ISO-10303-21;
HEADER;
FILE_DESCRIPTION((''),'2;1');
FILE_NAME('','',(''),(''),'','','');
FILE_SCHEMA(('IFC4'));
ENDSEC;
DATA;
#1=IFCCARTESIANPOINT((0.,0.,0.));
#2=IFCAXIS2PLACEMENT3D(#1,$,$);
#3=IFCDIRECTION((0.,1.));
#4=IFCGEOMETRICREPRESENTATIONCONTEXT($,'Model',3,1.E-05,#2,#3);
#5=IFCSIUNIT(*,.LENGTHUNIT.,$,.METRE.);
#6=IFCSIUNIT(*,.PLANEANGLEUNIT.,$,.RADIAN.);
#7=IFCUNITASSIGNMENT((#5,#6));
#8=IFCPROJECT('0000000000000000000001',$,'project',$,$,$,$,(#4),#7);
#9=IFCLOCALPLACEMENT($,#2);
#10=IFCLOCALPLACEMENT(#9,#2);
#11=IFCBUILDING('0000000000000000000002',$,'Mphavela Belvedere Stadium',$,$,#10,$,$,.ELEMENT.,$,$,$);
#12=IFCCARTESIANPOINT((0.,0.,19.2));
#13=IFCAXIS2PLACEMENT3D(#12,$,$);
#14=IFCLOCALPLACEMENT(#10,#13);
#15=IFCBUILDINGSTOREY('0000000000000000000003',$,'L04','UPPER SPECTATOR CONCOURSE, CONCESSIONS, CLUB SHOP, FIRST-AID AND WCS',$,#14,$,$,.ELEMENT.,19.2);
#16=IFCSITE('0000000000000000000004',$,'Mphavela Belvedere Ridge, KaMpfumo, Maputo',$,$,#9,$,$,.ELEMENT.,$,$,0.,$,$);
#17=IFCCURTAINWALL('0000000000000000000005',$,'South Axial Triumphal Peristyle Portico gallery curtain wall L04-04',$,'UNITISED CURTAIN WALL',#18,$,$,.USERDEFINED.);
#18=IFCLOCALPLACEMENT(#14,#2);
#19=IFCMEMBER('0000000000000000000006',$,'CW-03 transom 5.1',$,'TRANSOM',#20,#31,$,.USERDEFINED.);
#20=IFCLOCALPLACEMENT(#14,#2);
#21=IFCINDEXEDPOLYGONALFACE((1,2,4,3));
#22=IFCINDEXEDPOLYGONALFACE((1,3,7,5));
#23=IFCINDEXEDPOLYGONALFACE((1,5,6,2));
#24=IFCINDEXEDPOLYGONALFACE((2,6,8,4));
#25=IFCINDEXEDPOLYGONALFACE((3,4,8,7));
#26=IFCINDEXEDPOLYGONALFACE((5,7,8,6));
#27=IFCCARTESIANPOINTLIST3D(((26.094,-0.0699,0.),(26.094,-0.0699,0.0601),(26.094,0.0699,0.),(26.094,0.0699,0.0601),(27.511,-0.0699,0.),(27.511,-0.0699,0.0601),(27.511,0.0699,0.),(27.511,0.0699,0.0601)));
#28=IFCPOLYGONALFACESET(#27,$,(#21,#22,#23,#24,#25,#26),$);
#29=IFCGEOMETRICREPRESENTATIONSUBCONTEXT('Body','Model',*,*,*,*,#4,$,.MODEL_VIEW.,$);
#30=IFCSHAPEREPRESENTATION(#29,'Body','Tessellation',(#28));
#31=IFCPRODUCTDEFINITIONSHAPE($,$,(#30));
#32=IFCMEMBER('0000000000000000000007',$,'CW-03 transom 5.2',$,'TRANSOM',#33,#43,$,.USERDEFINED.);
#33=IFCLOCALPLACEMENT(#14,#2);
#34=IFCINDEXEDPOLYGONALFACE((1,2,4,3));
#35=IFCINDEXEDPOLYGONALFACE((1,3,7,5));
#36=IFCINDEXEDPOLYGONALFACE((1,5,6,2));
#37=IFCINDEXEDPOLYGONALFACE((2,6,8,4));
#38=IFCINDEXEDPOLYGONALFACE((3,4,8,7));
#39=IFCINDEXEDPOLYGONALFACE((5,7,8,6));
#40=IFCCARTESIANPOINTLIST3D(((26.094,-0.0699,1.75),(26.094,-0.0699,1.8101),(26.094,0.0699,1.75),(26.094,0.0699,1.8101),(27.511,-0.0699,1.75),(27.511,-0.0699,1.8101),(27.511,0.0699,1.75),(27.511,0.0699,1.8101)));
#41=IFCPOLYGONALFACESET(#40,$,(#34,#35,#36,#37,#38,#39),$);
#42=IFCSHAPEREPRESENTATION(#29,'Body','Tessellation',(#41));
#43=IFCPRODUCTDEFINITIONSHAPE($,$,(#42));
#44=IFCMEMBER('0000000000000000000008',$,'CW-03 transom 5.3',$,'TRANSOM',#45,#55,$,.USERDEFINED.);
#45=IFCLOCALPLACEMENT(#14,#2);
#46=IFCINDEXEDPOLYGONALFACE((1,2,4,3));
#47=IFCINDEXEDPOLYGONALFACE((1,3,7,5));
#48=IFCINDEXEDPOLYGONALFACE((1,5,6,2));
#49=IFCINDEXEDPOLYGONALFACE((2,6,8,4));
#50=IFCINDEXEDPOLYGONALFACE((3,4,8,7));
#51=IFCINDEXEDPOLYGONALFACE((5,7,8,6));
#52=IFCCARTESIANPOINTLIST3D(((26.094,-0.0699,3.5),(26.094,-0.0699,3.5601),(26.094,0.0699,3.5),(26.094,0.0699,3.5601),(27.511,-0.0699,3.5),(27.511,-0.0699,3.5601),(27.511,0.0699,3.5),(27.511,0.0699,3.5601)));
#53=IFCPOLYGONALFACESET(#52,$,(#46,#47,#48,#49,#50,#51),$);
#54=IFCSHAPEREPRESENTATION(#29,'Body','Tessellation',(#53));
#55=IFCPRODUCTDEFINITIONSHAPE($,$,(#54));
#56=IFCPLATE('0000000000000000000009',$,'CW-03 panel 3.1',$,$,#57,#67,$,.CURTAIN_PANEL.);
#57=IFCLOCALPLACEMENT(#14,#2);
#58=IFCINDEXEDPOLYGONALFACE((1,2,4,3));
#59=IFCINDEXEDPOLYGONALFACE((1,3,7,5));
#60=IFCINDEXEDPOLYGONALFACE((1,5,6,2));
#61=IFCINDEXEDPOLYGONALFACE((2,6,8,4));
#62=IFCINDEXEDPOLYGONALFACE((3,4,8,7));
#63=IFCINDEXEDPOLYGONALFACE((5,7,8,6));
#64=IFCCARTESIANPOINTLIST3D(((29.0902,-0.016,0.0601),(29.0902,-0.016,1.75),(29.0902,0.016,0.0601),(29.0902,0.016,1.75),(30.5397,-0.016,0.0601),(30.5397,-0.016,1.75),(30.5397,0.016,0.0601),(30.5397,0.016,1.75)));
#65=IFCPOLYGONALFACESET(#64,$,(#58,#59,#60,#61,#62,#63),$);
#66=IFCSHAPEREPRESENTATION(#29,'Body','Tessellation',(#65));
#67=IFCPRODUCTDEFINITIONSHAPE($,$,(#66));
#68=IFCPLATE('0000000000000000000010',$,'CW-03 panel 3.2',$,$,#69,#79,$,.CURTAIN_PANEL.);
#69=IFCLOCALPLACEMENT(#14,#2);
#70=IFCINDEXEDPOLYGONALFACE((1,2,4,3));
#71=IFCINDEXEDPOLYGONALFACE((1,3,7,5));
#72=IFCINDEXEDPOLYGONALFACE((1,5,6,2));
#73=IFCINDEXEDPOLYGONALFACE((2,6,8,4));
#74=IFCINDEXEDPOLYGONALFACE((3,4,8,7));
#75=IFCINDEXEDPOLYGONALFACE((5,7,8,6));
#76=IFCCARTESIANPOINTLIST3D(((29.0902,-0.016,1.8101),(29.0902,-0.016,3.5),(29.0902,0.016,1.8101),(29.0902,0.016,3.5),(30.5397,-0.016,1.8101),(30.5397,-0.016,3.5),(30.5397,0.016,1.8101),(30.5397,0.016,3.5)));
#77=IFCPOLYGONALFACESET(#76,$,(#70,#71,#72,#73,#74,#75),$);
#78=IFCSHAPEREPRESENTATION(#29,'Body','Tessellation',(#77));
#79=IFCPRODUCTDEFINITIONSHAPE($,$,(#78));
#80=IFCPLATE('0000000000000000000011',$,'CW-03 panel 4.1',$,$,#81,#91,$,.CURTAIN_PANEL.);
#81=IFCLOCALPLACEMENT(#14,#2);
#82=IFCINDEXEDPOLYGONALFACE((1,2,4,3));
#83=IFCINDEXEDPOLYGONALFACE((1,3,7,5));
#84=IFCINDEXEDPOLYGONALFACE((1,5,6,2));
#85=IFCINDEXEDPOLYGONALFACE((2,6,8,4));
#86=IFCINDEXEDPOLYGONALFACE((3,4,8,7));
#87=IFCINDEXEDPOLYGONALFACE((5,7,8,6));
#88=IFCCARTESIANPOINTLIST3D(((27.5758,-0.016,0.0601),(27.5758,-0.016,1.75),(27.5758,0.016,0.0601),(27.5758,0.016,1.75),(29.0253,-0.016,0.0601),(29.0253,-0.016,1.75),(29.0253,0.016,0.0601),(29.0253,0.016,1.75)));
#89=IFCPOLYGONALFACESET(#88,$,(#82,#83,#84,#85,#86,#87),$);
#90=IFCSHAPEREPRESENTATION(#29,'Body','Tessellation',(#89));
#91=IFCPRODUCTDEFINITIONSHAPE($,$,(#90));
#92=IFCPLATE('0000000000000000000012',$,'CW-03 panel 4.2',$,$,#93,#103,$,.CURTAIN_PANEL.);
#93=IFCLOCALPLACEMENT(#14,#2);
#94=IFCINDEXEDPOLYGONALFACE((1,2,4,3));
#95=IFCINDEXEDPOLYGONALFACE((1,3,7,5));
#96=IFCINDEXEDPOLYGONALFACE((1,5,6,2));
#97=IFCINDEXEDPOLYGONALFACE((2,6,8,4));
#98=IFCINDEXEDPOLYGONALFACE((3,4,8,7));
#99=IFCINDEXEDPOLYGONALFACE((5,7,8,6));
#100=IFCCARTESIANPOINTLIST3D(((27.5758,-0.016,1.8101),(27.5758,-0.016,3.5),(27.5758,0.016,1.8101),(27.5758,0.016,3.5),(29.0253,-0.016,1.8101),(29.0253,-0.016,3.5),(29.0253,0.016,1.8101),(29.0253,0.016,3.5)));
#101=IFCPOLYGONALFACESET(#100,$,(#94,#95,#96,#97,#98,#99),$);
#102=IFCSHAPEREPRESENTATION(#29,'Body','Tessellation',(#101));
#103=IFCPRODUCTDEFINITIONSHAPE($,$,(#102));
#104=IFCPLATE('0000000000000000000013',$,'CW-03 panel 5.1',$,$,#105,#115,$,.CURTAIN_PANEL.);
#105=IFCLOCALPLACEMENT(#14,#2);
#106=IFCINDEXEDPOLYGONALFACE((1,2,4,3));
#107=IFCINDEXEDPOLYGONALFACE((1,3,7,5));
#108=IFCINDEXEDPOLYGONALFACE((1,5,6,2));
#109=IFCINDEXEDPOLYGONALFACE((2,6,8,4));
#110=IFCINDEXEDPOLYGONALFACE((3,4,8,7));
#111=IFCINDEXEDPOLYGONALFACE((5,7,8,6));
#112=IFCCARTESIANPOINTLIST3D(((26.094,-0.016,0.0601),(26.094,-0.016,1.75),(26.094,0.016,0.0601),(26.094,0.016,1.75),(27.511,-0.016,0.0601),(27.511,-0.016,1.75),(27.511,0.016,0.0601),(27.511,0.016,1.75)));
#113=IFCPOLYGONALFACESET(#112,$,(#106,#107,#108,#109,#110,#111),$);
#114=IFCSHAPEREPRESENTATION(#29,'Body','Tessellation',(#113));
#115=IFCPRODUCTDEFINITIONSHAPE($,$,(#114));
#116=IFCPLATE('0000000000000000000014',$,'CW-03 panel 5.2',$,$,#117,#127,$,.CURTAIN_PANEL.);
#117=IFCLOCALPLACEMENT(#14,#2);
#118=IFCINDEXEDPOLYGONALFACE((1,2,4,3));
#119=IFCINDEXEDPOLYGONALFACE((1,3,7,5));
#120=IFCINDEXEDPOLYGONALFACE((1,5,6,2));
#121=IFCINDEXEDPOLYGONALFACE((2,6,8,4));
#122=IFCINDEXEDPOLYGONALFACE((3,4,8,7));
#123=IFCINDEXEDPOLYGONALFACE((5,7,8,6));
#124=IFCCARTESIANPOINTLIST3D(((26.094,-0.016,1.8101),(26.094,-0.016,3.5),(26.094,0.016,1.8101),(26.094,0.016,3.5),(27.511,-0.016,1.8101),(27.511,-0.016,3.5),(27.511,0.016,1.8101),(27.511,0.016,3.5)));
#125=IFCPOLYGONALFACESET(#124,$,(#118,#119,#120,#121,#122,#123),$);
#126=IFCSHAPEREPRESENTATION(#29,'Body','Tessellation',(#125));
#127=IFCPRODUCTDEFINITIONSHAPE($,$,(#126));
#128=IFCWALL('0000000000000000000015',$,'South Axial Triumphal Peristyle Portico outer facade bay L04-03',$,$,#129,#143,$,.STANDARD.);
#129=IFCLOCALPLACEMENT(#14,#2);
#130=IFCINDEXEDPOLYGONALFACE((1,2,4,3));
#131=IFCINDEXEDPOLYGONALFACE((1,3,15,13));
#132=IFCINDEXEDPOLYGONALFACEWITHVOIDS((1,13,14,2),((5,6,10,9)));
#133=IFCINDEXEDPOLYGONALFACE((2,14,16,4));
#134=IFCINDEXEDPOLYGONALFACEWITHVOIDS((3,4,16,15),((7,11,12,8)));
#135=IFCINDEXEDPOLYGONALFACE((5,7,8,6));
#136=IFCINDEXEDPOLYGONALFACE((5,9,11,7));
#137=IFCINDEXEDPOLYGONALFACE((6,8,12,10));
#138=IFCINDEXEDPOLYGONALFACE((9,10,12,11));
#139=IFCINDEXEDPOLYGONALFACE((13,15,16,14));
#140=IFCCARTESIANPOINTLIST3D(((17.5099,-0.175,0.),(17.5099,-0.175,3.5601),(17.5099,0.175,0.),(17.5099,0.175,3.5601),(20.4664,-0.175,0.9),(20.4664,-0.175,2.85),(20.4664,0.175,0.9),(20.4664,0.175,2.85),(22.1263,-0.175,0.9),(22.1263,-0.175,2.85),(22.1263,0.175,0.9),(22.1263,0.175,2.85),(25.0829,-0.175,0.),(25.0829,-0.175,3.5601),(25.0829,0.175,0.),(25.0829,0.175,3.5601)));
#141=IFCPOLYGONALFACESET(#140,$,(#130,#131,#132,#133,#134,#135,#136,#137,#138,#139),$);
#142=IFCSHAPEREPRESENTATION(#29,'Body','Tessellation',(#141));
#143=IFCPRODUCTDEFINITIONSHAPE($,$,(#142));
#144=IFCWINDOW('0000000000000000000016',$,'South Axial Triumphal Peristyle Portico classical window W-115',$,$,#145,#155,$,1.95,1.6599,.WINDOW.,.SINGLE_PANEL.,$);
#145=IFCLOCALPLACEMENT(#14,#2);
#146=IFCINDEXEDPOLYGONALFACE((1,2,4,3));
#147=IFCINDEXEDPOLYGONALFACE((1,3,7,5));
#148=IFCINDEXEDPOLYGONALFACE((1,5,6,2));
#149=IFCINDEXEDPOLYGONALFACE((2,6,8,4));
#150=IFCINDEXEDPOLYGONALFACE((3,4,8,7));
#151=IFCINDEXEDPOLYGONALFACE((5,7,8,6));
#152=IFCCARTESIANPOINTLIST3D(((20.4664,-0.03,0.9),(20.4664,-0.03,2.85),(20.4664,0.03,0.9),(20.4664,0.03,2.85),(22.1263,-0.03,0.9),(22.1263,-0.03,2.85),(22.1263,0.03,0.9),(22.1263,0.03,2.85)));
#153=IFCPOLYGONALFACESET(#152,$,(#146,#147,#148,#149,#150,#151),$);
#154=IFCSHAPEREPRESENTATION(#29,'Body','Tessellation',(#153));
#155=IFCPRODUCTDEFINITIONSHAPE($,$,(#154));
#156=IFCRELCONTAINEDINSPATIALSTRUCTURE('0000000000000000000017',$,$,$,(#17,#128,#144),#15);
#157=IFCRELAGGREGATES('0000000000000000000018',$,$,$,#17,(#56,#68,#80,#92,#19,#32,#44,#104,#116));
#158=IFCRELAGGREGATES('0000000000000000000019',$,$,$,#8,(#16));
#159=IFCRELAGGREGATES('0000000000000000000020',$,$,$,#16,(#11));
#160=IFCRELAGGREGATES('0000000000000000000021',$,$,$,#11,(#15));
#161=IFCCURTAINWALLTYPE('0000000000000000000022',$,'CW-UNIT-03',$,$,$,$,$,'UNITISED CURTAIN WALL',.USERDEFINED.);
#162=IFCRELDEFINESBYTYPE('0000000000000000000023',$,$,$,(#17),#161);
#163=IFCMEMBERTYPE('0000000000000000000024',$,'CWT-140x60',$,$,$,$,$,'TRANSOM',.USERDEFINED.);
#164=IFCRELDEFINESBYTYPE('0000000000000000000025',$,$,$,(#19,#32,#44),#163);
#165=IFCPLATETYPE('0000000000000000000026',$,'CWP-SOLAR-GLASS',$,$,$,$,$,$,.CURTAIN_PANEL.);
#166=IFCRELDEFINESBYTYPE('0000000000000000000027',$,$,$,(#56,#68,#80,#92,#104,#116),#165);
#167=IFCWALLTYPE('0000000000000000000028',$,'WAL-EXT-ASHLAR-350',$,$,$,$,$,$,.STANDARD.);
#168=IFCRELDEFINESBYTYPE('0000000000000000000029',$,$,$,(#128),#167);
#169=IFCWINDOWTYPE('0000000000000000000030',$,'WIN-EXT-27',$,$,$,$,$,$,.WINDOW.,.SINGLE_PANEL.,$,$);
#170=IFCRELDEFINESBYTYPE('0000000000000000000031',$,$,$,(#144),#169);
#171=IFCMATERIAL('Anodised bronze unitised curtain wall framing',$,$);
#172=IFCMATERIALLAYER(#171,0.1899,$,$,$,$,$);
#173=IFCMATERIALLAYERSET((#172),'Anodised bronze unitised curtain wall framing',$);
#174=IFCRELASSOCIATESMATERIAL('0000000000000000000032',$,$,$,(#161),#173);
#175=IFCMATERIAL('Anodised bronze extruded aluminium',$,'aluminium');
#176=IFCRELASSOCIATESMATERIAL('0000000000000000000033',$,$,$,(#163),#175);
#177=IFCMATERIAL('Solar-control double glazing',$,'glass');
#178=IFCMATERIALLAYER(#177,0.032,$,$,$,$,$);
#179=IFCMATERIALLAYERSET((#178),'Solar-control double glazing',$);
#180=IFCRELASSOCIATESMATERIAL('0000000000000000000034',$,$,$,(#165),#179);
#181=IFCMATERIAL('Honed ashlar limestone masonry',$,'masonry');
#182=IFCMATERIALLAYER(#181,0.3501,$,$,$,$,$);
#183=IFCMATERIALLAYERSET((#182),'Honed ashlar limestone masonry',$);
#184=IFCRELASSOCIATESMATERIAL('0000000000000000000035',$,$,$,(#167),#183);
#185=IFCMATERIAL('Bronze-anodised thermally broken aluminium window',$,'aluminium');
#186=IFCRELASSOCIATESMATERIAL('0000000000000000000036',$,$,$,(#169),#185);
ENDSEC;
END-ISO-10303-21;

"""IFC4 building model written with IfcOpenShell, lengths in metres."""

from ifc_helpers import new_model, si_unit, direction, frame, frame_2d, origin, origin_2d, place, context, subcontext, project, spatial, rectangle, extrude, material, layer, layer_set, material_profile, profile_set, type_object, element, fill, aggregate, save


model = new_model("IFC4")

# Units and contexts
model_context = context("Model", 3, precision=1e-05, world=origin(), true_north=direction((0.0, 1.0)))
body_context = subcontext(model_context, "Body", "Model", "MODEL_VIEW")
ifc_project = project(units=[si_unit("LENGTHUNIT", "METRE"), si_unit("PLANEANGLEUNIT", "RADIAN")], contexts=[model_context])

# Site, building, storey
site_placement = place(None, origin())
site = spatial("IfcSite", under=ifc_project, at=site_placement, Name="Mphavela Belvedere Ridge, KaMpfumo, Maputo", CompositionType="ELEMENT", RefElevation=0.0)
building_placement = place(site_placement, origin())
building = spatial("IfcBuilding", under=site, at=building_placement, Name="Mphavela Belvedere Stadium", CompositionType="ELEMENT")
storey_placement = place(building_placement, frame((0.0, 0.0, 19.2)))
storey = spatial("IfcBuildingStorey", under=building, at=storey_placement, Name="L04", Description="UPPER SPECTATOR CONCOURSE, CONCESSIONS, CLUB SHOP, FIRST-AID AND WCS", CompositionType="ELEMENT", Elevation=19.2)

# Curtain wall, members, plates
ifc_material_1 = material(Name="Anodised bronze unitised curtain wall framing")
ifc_layer_1 = layer(ifc_material_1, 0.1899)
ifc_layer_set_1 = layer_set([ifc_layer_1], Name="Anodised bronze unitised curtain wall framing")
curtain_wall_type = type_object("IfcCurtainWallType", Name="CW-UNIT-03", ElementType="UNITISED CURTAIN WALL", PredefinedType="USERDEFINED", material=ifc_layer_set_1)
curtain_wall_placement = place(storey_placement, origin())
curtain_wall = element("IfcCurtainWall", 1, at=curtain_wall_placement, inside=storey, type_object=curtain_wall_type, Name="South Axial Triumphal Peristyle Portico gallery curtain wall L04-04", ObjectType="UNITISED CURTAIN WALL", PredefinedType="USERDEFINED")
ifc_material_2 = material(Name="Anodised bronze extruded aluminium", Category="aluminium")
ifc_material_profile_1 = material_profile(ifc_material_2, rectangle(XDim=0.1399, YDim=0.0601, at=origin_2d()), Name="CW-TRN 140x60")
ifc_profile_set_1 = profile_set([ifc_material_profile_1], Name="Anodised bronze extruded aluminium")
member_type_1 = type_object("IfcMemberType", Name="CWT-140x60", ElementType="TRANSOM", PredefinedType="USERDEFINED", material=ifc_profile_set_1)
member_1_placement = place(storey_placement, frame((27.511, 0.0, 0.03), z_axis=(-1.0, 0.0, 0.0), x_axis=(0.0, -1.0, 0.0)))
member_1 = element("IfcMember", 2, at=member_1_placement, type_object=member_type_1, Name="CW-03 transom 5.1", ObjectType="TRANSOM", PredefinedType="USERDEFINED", context=body_context, shape_type="SweptSolid", body=[
    extrude(rectangle(XDim=0.1399, YDim=0.0601, at=origin_2d()), origin(), (0.0, 0.0, 1.0), 1.417),
])
member_2_placement = place(storey_placement, frame((27.511, 0.0, 1.78), z_axis=(-1.0, 0.0, 0.0), x_axis=(0.0, -1.0, 0.0)))
member_2 = element("IfcMember", 3, at=member_2_placement, type_object=member_type_1, Name="CW-03 transom 5.2", ObjectType="TRANSOM", PredefinedType="USERDEFINED", context=body_context, shape_type="SweptSolid", body=[
    extrude(rectangle(XDim=0.1399, YDim=0.0601, at=origin_2d()), origin(), (0.0, 0.0, 1.0), 1.417),
])
member_3_placement = place(storey_placement, frame((27.511, 0.0, 3.53), z_axis=(-1.0, 0.0, 0.0), x_axis=(0.0, -1.0, 0.0)))
member_3 = element("IfcMember", 4, at=member_3_placement, type_object=member_type_1, Name="CW-03 transom 5.3", ObjectType="TRANSOM", PredefinedType="USERDEFINED", context=body_context, shape_type="SweptSolid", body=[
    extrude(rectangle(XDim=0.1399, YDim=0.0601, at=origin_2d()), origin(), (0.0, 0.0, 1.0), 1.417),
])
ifc_material_3 = material(Name="Solar-control double glazing", Category="glass")
ifc_layer_2 = layer(ifc_material_3, 0.032)
ifc_layer_set_2 = layer_set([ifc_layer_2], Name="Solar-control double glazing")
plate_type = type_object("IfcPlateType", Name="CWP-SOLAR-GLASS", PredefinedType="CURTAIN_PANEL", material=ifc_layer_set_2)
plate_1_placement = place(storey_placement, frame((29.8149, 0.0, 0.0601), z_axis=(0.0, 0.0, 1.0), x_axis=(-1.0, 0.0, 0.0)))
plate_1 = element("IfcPlate", 5, at=plate_1_placement, type_object=plate_type, Name="CW-03 panel 3.1", PredefinedType="CURTAIN_PANEL", context=body_context, shape_type="SweptSolid", body=[
    extrude(rectangle(XDim=1.4495, YDim=0.032, at=origin_2d()), origin(), (0.0, 0.0, 1.0), 1.6899),
])
plate_2_placement = place(storey_placement, frame((29.8149, 0.0, 1.8101), z_axis=(0.0, 0.0, 1.0), x_axis=(-1.0, 0.0, 0.0)))
plate_2 = element("IfcPlate", 6, at=plate_2_placement, type_object=plate_type, Name="CW-03 panel 3.2", PredefinedType="CURTAIN_PANEL", context=body_context, shape_type="SweptSolid", body=[
    extrude(rectangle(XDim=1.4495, YDim=0.032, at=origin_2d()), origin(), (0.0, 0.0, 1.0), 1.6899),
])
plate_3_placement = place(storey_placement, frame((28.3005, 0.0, 0.0601), z_axis=(0.0, 0.0, 1.0), x_axis=(-1.0, 0.0, 0.0)))
plate_3 = element("IfcPlate", 7, at=plate_3_placement, type_object=plate_type, Name="CW-03 panel 4.1", PredefinedType="CURTAIN_PANEL", context=body_context, shape_type="SweptSolid", body=[
    extrude(rectangle(XDim=1.4495, YDim=0.032, at=origin_2d()), origin(), (0.0, 0.0, 1.0), 1.6899),
])
plate_4_placement = place(storey_placement, frame((28.3005, 0.0, 1.8101), z_axis=(0.0, 0.0, 1.0), x_axis=(-1.0, 0.0, 0.0)))
plate_4 = element("IfcPlate", 8, at=plate_4_placement, type_object=plate_type, Name="CW-03 panel 4.2", PredefinedType="CURTAIN_PANEL", context=body_context, shape_type="SweptSolid", body=[
    extrude(rectangle(XDim=1.4495, YDim=0.032, at=origin_2d()), origin(), (0.0, 0.0, 1.0), 1.6899),
])
plate_5_placement = place(storey_placement, frame((26.8025, 0.0, 0.0601), z_axis=(0.0, 0.0, 1.0), x_axis=(-1.0, 0.0, 0.0)))
plate_5 = element("IfcPlate", 9, at=plate_5_placement, type_object=plate_type, Name="CW-03 panel 5.1", PredefinedType="CURTAIN_PANEL", context=body_context, shape_type="SweptSolid", body=[
    extrude(rectangle(XDim=1.417, YDim=0.032, at=origin_2d()), origin(), (0.0, 0.0, 1.0), 1.6899),
])
plate_6_placement = place(storey_placement, frame((26.8025, 0.0, 1.8101), z_axis=(0.0, 0.0, 1.0), x_axis=(-1.0, 0.0, 0.0)))
plate_6 = element("IfcPlate", 10, at=plate_6_placement, type_object=plate_type, Name="CW-03 panel 5.2", PredefinedType="CURTAIN_PANEL", context=body_context, shape_type="SweptSolid", body=[
    extrude(rectangle(XDim=1.417, YDim=0.032, at=origin_2d()), origin(), (0.0, 0.0, 1.0), 1.6899),
])
aggregate(curtain_wall, [plate_1, plate_2, plate_3, plate_4, member_1, member_2, member_3, plate_5, plate_6])

# Wall, opening, window
ifc_material_4 = material(Name="Honed ashlar limestone masonry", Category="masonry")
ifc_layer_3 = layer(ifc_material_4, 0.3501)
ifc_layer_set_3 = layer_set([ifc_layer_3], Name="Honed ashlar limestone masonry")
wall_type = type_object("IfcWallType", Name="WAL-EXT-ASHLAR-350", PredefinedType="STANDARD", material=ifc_layer_set_3)
wall_placement = place(storey_placement, frame((25.083, 0.0, 0.0), z_axis=(0.0, 0.0, 1.0), x_axis=(-1.0, 0.0, 0.0)))
wall = element("IfcWall", 11, at=wall_placement, inside=storey, type_object=wall_type, Name="South Axial Triumphal Peristyle Portico outer facade bay L04-03", PredefinedType="STANDARD", context=body_context, shape_type="SweptSolid", body=[
    extrude(rectangle(XDim=7.573, YDim=0.3501, at=frame_2d((3.7866, 0.0))), origin(), (0.0, 0.0, 1.0), 3.5601),
])
opening_placement = place(wall_placement, frame((2.9565, 0.0, 0.8999)))
opening = element("IfcOpeningElement", 12, at=opening_placement, cuts=wall, PredefinedType="OPENING", context=body_context, shape_type="SweptSolid", body=[
    extrude(rectangle(XDim=1.6599, YDim=1.95, at=frame_2d((0.8301, 0.9751))), frame((0.0, 0.1851, 0.0), z_axis=(0.0, -1.0, 0.0), x_axis=(1.0, 0.0, 0.0)), (0.0, 0.0, 1.0), 0.3701),
])
ifc_material_5 = material(Name="Bronze-anodised thermally broken aluminium window", Category="aluminium")
window_type = type_object("IfcWindowType", Name="WIN-EXT-27", PartitioningType="SINGLE_PANEL", PredefinedType="WINDOW", material=ifc_material_5)
window_placement = place(opening_placement, origin())
window = element("IfcWindow", 13, at=window_placement, inside=storey, type_object=window_type, Name="South Axial Triumphal Peristyle Portico classical window W-115", OverallHeight=1.95, OverallWidth=1.6599, PartitioningType="SINGLE_PANEL", PredefinedType="WINDOW", context=body_context, shape_type="SweptSolid", body=[
    extrude(rectangle(XDim=1.6599, YDim=1.95, at=frame_2d((0.8301, 0.9751))), frame((0.0, 0.03, 0.0), z_axis=(0.0, -1.0, 0.0), x_axis=(1.0, 0.0, 0.0)), (0.0, 0.0, 1.0), 0.0601),
])
fill(opening, window)

save(model, "model.ifc")
